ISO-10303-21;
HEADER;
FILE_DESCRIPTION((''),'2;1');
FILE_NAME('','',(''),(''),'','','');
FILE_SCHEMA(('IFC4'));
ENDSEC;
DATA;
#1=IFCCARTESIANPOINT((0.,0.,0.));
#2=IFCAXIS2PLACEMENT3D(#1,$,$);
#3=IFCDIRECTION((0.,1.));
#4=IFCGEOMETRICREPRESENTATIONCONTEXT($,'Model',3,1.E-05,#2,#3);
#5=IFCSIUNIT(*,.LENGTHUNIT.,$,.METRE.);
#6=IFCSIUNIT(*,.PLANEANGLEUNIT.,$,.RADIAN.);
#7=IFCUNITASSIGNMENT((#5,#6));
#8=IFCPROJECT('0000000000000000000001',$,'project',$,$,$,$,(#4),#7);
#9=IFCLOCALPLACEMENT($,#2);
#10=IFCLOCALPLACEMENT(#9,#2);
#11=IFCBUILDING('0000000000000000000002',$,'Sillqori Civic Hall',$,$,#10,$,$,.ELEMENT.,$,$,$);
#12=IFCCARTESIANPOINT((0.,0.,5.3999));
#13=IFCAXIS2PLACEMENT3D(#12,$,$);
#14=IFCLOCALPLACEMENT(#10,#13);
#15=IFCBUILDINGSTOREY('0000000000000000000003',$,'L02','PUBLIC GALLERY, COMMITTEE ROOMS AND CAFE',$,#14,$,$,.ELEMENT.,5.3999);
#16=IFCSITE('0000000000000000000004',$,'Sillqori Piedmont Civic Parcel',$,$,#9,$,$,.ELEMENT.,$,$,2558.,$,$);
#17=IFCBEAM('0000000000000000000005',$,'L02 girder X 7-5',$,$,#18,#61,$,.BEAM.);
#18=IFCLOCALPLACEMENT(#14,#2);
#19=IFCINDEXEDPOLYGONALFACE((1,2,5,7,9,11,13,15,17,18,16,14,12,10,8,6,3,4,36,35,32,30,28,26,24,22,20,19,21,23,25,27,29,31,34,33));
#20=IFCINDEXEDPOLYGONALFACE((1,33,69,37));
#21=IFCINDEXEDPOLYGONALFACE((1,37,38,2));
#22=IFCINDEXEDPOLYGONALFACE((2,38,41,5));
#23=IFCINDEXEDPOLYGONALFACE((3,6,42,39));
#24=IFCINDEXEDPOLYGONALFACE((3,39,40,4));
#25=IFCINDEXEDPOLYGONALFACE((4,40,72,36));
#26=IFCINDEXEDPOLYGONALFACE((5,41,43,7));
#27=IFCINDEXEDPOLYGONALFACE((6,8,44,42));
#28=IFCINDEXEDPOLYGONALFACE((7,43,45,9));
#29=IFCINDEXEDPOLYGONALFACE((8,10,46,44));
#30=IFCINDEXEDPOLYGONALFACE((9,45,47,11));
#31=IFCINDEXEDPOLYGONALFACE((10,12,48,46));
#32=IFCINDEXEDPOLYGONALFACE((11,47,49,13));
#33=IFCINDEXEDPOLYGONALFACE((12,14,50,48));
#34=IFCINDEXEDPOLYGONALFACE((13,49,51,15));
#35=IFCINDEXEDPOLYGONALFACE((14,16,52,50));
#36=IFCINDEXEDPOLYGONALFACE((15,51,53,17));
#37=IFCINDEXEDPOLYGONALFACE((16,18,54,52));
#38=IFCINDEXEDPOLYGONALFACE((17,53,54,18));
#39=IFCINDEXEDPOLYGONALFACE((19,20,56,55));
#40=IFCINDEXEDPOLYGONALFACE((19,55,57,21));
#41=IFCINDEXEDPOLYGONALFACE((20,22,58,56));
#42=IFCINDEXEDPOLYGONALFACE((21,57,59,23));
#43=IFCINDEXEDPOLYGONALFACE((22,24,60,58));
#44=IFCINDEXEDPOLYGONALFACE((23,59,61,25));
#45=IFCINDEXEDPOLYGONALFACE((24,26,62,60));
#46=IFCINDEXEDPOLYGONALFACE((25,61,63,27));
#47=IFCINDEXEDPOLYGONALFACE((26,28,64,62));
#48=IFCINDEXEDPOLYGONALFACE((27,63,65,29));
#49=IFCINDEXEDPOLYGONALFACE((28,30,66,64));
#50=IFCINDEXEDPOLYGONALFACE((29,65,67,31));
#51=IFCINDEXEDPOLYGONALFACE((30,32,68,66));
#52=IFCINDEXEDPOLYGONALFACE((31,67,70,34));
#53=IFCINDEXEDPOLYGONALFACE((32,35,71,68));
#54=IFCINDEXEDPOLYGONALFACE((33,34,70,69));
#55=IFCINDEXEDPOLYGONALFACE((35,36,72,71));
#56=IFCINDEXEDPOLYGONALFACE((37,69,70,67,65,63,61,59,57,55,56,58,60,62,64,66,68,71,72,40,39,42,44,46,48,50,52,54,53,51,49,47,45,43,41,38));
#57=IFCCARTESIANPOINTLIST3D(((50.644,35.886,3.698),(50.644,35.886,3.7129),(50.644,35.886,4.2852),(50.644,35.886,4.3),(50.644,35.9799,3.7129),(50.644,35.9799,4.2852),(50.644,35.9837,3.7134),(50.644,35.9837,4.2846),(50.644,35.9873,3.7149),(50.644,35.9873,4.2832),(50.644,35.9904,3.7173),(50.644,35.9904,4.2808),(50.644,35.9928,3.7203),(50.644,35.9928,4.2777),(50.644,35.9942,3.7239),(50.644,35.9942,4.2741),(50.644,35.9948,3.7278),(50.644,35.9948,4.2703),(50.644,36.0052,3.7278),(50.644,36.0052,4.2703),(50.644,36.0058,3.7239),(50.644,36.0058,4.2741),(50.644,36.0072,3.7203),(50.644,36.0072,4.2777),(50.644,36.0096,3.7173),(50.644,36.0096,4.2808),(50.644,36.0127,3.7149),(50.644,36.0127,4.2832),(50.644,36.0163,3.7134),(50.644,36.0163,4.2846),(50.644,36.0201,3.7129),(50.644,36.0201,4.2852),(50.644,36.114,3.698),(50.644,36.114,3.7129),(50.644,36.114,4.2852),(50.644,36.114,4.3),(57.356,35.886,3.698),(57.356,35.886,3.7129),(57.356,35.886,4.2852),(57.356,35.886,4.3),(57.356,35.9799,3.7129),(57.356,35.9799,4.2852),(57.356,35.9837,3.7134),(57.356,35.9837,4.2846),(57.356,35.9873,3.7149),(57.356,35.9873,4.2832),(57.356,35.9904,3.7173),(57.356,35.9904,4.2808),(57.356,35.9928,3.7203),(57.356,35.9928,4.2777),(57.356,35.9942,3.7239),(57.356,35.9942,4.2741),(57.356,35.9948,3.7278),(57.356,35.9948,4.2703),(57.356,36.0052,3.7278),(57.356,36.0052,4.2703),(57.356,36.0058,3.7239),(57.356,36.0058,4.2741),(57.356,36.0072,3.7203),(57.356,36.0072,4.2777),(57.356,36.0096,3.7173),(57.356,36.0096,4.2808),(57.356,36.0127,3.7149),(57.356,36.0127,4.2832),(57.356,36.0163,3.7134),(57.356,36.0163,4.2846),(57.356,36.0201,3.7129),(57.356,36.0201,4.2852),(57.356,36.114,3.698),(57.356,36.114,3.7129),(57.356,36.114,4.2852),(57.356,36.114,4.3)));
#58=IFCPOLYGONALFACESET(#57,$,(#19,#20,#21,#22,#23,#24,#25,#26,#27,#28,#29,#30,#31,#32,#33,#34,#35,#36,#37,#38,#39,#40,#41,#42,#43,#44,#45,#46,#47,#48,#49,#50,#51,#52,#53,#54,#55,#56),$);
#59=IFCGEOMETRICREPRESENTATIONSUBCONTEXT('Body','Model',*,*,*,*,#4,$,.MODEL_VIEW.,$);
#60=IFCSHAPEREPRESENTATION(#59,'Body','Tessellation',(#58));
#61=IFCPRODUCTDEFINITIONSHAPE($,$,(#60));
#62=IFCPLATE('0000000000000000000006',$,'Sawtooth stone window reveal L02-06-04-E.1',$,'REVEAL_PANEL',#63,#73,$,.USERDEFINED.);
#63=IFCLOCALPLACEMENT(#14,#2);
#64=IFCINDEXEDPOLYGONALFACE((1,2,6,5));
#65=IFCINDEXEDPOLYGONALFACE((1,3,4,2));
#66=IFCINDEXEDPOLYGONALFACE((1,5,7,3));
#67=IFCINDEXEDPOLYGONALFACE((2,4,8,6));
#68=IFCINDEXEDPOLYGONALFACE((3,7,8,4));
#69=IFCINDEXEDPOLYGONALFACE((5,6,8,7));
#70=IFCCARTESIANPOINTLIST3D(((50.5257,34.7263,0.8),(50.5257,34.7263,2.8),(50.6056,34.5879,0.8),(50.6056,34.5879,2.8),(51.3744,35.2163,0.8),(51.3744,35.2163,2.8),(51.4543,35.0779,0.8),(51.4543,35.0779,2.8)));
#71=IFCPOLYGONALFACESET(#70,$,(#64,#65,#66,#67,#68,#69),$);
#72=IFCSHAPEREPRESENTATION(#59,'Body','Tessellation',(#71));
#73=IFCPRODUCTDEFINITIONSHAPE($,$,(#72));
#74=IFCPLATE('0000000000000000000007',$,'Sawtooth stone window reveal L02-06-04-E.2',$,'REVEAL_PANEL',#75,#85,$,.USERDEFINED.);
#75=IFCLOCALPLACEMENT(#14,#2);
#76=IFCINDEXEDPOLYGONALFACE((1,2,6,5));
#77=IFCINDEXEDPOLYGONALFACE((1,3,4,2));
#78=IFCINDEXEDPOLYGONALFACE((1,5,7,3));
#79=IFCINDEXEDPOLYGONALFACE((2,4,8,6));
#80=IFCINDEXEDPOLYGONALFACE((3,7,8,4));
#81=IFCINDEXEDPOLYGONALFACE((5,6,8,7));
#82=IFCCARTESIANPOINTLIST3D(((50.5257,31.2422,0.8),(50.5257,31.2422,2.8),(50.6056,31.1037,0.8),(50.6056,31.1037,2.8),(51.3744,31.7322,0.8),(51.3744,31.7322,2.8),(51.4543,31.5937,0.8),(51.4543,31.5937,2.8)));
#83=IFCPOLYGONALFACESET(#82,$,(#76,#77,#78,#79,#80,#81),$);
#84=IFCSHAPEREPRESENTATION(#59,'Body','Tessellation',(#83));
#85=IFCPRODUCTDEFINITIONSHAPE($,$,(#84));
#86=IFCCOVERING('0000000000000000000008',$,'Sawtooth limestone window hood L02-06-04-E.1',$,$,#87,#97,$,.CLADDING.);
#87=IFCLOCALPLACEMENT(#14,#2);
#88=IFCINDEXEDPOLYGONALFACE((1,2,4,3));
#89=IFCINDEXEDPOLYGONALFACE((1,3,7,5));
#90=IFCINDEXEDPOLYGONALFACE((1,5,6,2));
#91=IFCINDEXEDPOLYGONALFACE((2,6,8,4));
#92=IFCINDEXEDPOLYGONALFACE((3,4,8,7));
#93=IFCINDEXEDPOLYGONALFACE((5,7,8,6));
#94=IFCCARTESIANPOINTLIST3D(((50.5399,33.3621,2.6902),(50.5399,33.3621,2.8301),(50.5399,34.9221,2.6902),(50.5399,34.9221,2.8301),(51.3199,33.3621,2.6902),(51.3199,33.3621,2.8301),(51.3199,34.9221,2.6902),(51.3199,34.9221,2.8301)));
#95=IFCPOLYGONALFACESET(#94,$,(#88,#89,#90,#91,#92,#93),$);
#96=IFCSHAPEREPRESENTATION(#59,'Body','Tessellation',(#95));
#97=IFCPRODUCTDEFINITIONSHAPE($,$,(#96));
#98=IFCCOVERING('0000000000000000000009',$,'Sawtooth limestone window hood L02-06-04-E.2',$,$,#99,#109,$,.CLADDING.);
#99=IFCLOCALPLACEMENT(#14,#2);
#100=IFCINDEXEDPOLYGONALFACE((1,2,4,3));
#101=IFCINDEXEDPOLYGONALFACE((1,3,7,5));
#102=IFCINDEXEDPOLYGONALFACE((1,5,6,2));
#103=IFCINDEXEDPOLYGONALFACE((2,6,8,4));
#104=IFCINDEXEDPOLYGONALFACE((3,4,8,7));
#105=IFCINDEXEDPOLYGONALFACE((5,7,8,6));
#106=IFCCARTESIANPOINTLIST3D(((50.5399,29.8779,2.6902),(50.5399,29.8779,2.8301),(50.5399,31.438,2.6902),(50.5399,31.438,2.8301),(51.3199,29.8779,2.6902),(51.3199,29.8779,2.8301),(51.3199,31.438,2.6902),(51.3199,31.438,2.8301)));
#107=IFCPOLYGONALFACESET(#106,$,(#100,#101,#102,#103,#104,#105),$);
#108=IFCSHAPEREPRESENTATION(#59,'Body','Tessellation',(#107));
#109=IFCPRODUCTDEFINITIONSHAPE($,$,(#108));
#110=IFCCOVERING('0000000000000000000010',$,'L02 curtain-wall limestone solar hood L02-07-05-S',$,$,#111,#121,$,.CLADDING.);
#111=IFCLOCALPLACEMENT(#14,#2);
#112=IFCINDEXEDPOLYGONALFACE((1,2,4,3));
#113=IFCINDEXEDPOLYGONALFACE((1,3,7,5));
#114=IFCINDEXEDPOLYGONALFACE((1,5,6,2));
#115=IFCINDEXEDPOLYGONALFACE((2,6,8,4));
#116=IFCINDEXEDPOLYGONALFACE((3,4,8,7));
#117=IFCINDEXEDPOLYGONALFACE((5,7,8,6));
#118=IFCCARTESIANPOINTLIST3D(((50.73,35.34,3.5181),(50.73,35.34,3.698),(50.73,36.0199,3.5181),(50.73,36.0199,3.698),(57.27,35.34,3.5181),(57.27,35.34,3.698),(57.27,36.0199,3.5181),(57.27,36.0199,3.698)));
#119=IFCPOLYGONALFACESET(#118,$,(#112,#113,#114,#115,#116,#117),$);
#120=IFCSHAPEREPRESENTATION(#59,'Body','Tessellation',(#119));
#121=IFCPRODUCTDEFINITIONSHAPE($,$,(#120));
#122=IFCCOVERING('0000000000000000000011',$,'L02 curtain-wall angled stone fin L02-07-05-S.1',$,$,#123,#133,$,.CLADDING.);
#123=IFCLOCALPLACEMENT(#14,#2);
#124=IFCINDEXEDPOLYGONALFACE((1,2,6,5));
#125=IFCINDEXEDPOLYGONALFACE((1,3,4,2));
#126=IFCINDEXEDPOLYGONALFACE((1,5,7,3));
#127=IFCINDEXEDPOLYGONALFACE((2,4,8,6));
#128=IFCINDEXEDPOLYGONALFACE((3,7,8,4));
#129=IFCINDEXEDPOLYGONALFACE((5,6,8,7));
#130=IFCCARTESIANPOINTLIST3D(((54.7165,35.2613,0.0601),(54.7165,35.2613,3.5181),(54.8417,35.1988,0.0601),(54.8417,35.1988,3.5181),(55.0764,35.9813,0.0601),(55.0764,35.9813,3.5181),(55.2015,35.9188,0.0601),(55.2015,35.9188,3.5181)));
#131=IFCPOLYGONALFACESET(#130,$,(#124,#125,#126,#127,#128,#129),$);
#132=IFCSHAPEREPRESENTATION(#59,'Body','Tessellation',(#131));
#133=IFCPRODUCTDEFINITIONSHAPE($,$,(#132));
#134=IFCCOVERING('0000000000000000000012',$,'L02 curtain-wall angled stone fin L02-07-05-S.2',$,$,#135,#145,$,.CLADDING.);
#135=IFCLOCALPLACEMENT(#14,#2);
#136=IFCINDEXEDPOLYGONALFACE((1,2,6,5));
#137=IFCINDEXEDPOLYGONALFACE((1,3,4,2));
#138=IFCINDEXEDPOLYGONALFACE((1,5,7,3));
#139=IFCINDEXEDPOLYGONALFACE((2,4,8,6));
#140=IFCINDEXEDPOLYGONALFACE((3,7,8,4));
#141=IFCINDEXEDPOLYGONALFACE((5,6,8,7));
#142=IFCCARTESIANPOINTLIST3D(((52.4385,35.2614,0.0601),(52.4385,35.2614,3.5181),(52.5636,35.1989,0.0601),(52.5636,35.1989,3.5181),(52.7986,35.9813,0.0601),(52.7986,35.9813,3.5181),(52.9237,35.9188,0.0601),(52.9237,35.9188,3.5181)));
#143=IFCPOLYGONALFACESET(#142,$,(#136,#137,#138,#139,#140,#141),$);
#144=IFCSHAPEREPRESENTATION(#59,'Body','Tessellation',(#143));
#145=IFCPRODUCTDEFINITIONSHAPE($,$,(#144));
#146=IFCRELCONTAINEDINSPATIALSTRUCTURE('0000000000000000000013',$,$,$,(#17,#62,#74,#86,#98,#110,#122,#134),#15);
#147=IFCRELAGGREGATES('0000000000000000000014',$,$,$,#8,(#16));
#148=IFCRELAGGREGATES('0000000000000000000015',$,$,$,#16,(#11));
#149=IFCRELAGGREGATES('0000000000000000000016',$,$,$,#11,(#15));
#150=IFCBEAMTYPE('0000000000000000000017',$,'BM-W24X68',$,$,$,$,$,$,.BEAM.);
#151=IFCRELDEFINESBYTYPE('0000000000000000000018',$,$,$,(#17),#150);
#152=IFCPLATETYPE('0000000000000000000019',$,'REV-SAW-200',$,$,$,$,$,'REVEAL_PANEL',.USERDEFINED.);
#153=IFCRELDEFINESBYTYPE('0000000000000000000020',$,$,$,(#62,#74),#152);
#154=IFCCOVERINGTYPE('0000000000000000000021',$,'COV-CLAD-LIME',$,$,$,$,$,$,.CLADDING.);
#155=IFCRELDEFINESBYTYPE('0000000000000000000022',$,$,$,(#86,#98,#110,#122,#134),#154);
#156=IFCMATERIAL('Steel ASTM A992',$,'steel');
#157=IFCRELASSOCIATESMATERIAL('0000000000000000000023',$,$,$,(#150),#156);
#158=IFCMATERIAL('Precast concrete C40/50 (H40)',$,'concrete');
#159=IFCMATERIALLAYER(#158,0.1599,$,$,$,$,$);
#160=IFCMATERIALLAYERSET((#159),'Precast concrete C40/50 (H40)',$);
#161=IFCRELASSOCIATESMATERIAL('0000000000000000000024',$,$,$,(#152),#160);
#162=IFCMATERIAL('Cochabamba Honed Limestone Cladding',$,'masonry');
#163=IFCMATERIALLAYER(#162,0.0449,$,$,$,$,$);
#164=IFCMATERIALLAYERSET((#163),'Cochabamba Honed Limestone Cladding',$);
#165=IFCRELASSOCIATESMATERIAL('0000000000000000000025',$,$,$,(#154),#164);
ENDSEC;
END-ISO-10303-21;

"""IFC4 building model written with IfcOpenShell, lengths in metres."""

from ifc_helpers import new_model, si_unit, direction, frame, frame_2d, origin, origin_2d, place, context, subcontext, project, spatial, rectangle, i_section, extrude, material, layer, layer_set, material_profile, profile_set, type_object, element, save


model = new_model("IFC4")

# Units and contexts
model_context = context("Model", 3, precision=1e-05, world=origin(), true_north=direction((0.0, 1.0)))
body_context = subcontext(model_context, "Body", "Model", "MODEL_VIEW")
ifc_project = project(units=[si_unit("LENGTHUNIT", "METRE"), si_unit("PLANEANGLEUNIT", "RADIAN")], contexts=[model_context])

# Site, building, storey
site_placement = place(None, origin())
site = spatial("IfcSite", under=ifc_project, at=site_placement, Name="Sillqori Piedmont Civic Parcel", CompositionType="ELEMENT", RefElevation=2558.0)
building_placement = place(site_placement, origin())
building = spatial("IfcBuilding", under=site, at=building_placement, Name="Sillqori Civic Hall", CompositionType="ELEMENT")
storey_placement = place(building_placement, frame((0.0, 0.0, 5.3999)))
storey = spatial("IfcBuildingStorey", under=building, at=storey_placement, Name="L02", Description="PUBLIC GALLERY, COMMITTEE ROOMS AND CAFE", CompositionType="ELEMENT", Elevation=5.3999)

# Beam
ifc_material_1 = material(Name="Steel ASTM A992", Category="steel")
ifc_material_profile_1 = material_profile(ifc_material_1, i_section(OverallWidth=0.228, OverallDepth=0.6021, WebThickness=0.0105, FlangeThickness=0.0149, FilletRadius=0.0149, at=origin_2d()), Name="W24X68")
ifc_profile_set_1 = profile_set([ifc_material_profile_1], Name="Steel ASTM A992")
beam_type = type_object("IfcBeamType", Name="BM-W24X68", PredefinedType="BEAM", material=ifc_profile_set_1)
beam_placement = place(storey_placement, frame((50.644, 36.0, 3.999), z_axis=(1.0, 0.0, 0.0), x_axis=(0.0, 1.0, 0.0)))
element("IfcBeam", 1, at=beam_placement, inside=storey, type_object=beam_type, Name="L02 girder X 7-5", PredefinedType="BEAM", context=body_context, shape_type="SweptSolid", body=[
    extrude(i_section(OverallWidth=0.228, OverallDepth=0.6021, WebThickness=0.0105, FlangeThickness=0.0149, FilletRadius=0.0149, at=origin_2d()), origin(), (0.0, 0.0, 1.0), 6.7119),
])

# Plates
ifc_material_2 = material(Name="Precast concrete C40/50 (H40)", Category="concrete")
ifc_layer_1 = layer(ifc_material_2, 0.1599)
ifc_layer_set_1 = layer_set([ifc_layer_1], Name="Precast concrete C40/50 (H40)")
plate_type_1 = type_object("IfcPlateType", Name="REV-SAW-200", ElementType="REVEAL_PANEL", PredefinedType="USERDEFINED", material=ifc_layer_set_1)
for number, where, z_axis, x_axis, name in (
    (2, (50.99, 34.9021, 0.8), (0.0, 0.0, 1.0), (0.5, -0.866025, 0.0), "Sawtooth stone window reveal L02-06-04-E.1"),
    (3, (50.99, 31.418, 0.8), (0.0, 0.0, 1.0), (0.5, -0.866025, 0.0), "Sawtooth stone window reveal L02-06-04-E.2"),
):
    element("IfcPlate", number, at=place(storey_placement, frame(where, z_axis=z_axis, x_axis=x_axis)), inside=storey, type_object=plate_type_1, Name=name, ObjectType="REVEAL_PANEL", PredefinedType="USERDEFINED", context=body_context, shape_type="SweptSolid", body=[
        extrude(rectangle(XDim=0.1599, YDim=0.98, at=origin_2d()), origin(), (0.0, 0.0, 1.0), 2.0),
    ])

# Coverings
ifc_material_3 = material(Name="Cochabamba Honed Limestone Cladding", Category="masonry")
ifc_layer_2 = layer(ifc_material_3, 0.0449)
ifc_layer_set_2 = layer_set([ifc_layer_2], Name="Cochabamba Honed Limestone Cladding")
covering_type = type_object("IfcCoveringType", Name="COV-CLAD-LIME", PredefinedType="CLADDING", material=ifc_layer_set_2)
for number, where, z_axis, x_axis, name in (
    (4, (50.9299, 34.9221, 2.6902), (0.0, 0.0, 1.0), (0.0, -1.0, 0.0), "Sawtooth limestone window hood L02-06-04-E.1"),
    (5, (50.9299, 31.438, 2.6902), (0.0, 0.0, 1.0), (0.0, -1.0, 0.0), "Sawtooth limestone window hood L02-06-04-E.2"),
):
    element("IfcCovering", number, at=place(storey_placement, frame(where, z_axis=z_axis, x_axis=x_axis)), inside=storey, type_object=covering_type, Name=name, PredefinedType="CLADDING", context=body_context, shape_type="SweptSolid", body=[
        extrude(rectangle(XDim=1.5601, YDim=0.78, at=frame_2d((0.78, 0.0))), origin(), (0.0, 0.0, 1.0), 0.1399),
    ])
covering_placement = place(storey_placement, frame((57.27, 35.6799, 3.5181), z_axis=(0.0, 0.0, 1.0), x_axis=(-1.0, 0.0, 0.0)))
element("IfcCovering", 6, at=covering_placement, inside=storey, type_object=covering_type, Name="L02 curtain-wall limestone solar hood L02-07-05-S", PredefinedType="CLADDING", context=body_context, shape_type="SweptSolid", body=[
    extrude(rectangle(XDim=6.54, YDim=0.6799, at=frame_2d((3.27, 0.0))), origin(), (0.0, 0.0, 1.0), 0.1799),
])
for number, where, z_axis, x_axis, name in (
    (7, (55.1389, 35.95, 0.0601), (0.0, 0.0, 1.0), (-0.447092, -0.894488, 0.0), "L02 curtain-wall angled stone fin L02-07-05-S.1"),
    (8, (52.8611, 35.95, 0.0601), (0.0, 0.0, 1.0), (-0.447335, -0.894367, 0.0), "L02 curtain-wall angled stone fin L02-07-05-S.2"),
):
    element("IfcCovering", number, at=place(storey_placement, frame(where, z_axis=z_axis, x_axis=x_axis)), inside=storey, type_object=covering_type, Name=name, PredefinedType="CLADDING", context=body_context, shape_type="SweptSolid", body=[
        extrude(rectangle(XDim=0.8049, YDim=0.1399, at=frame_2d((0.4023, 0.0))), origin(), (0.0, 0.0, 1.0), 3.458),
    ])

save(model, "model.ifc")
